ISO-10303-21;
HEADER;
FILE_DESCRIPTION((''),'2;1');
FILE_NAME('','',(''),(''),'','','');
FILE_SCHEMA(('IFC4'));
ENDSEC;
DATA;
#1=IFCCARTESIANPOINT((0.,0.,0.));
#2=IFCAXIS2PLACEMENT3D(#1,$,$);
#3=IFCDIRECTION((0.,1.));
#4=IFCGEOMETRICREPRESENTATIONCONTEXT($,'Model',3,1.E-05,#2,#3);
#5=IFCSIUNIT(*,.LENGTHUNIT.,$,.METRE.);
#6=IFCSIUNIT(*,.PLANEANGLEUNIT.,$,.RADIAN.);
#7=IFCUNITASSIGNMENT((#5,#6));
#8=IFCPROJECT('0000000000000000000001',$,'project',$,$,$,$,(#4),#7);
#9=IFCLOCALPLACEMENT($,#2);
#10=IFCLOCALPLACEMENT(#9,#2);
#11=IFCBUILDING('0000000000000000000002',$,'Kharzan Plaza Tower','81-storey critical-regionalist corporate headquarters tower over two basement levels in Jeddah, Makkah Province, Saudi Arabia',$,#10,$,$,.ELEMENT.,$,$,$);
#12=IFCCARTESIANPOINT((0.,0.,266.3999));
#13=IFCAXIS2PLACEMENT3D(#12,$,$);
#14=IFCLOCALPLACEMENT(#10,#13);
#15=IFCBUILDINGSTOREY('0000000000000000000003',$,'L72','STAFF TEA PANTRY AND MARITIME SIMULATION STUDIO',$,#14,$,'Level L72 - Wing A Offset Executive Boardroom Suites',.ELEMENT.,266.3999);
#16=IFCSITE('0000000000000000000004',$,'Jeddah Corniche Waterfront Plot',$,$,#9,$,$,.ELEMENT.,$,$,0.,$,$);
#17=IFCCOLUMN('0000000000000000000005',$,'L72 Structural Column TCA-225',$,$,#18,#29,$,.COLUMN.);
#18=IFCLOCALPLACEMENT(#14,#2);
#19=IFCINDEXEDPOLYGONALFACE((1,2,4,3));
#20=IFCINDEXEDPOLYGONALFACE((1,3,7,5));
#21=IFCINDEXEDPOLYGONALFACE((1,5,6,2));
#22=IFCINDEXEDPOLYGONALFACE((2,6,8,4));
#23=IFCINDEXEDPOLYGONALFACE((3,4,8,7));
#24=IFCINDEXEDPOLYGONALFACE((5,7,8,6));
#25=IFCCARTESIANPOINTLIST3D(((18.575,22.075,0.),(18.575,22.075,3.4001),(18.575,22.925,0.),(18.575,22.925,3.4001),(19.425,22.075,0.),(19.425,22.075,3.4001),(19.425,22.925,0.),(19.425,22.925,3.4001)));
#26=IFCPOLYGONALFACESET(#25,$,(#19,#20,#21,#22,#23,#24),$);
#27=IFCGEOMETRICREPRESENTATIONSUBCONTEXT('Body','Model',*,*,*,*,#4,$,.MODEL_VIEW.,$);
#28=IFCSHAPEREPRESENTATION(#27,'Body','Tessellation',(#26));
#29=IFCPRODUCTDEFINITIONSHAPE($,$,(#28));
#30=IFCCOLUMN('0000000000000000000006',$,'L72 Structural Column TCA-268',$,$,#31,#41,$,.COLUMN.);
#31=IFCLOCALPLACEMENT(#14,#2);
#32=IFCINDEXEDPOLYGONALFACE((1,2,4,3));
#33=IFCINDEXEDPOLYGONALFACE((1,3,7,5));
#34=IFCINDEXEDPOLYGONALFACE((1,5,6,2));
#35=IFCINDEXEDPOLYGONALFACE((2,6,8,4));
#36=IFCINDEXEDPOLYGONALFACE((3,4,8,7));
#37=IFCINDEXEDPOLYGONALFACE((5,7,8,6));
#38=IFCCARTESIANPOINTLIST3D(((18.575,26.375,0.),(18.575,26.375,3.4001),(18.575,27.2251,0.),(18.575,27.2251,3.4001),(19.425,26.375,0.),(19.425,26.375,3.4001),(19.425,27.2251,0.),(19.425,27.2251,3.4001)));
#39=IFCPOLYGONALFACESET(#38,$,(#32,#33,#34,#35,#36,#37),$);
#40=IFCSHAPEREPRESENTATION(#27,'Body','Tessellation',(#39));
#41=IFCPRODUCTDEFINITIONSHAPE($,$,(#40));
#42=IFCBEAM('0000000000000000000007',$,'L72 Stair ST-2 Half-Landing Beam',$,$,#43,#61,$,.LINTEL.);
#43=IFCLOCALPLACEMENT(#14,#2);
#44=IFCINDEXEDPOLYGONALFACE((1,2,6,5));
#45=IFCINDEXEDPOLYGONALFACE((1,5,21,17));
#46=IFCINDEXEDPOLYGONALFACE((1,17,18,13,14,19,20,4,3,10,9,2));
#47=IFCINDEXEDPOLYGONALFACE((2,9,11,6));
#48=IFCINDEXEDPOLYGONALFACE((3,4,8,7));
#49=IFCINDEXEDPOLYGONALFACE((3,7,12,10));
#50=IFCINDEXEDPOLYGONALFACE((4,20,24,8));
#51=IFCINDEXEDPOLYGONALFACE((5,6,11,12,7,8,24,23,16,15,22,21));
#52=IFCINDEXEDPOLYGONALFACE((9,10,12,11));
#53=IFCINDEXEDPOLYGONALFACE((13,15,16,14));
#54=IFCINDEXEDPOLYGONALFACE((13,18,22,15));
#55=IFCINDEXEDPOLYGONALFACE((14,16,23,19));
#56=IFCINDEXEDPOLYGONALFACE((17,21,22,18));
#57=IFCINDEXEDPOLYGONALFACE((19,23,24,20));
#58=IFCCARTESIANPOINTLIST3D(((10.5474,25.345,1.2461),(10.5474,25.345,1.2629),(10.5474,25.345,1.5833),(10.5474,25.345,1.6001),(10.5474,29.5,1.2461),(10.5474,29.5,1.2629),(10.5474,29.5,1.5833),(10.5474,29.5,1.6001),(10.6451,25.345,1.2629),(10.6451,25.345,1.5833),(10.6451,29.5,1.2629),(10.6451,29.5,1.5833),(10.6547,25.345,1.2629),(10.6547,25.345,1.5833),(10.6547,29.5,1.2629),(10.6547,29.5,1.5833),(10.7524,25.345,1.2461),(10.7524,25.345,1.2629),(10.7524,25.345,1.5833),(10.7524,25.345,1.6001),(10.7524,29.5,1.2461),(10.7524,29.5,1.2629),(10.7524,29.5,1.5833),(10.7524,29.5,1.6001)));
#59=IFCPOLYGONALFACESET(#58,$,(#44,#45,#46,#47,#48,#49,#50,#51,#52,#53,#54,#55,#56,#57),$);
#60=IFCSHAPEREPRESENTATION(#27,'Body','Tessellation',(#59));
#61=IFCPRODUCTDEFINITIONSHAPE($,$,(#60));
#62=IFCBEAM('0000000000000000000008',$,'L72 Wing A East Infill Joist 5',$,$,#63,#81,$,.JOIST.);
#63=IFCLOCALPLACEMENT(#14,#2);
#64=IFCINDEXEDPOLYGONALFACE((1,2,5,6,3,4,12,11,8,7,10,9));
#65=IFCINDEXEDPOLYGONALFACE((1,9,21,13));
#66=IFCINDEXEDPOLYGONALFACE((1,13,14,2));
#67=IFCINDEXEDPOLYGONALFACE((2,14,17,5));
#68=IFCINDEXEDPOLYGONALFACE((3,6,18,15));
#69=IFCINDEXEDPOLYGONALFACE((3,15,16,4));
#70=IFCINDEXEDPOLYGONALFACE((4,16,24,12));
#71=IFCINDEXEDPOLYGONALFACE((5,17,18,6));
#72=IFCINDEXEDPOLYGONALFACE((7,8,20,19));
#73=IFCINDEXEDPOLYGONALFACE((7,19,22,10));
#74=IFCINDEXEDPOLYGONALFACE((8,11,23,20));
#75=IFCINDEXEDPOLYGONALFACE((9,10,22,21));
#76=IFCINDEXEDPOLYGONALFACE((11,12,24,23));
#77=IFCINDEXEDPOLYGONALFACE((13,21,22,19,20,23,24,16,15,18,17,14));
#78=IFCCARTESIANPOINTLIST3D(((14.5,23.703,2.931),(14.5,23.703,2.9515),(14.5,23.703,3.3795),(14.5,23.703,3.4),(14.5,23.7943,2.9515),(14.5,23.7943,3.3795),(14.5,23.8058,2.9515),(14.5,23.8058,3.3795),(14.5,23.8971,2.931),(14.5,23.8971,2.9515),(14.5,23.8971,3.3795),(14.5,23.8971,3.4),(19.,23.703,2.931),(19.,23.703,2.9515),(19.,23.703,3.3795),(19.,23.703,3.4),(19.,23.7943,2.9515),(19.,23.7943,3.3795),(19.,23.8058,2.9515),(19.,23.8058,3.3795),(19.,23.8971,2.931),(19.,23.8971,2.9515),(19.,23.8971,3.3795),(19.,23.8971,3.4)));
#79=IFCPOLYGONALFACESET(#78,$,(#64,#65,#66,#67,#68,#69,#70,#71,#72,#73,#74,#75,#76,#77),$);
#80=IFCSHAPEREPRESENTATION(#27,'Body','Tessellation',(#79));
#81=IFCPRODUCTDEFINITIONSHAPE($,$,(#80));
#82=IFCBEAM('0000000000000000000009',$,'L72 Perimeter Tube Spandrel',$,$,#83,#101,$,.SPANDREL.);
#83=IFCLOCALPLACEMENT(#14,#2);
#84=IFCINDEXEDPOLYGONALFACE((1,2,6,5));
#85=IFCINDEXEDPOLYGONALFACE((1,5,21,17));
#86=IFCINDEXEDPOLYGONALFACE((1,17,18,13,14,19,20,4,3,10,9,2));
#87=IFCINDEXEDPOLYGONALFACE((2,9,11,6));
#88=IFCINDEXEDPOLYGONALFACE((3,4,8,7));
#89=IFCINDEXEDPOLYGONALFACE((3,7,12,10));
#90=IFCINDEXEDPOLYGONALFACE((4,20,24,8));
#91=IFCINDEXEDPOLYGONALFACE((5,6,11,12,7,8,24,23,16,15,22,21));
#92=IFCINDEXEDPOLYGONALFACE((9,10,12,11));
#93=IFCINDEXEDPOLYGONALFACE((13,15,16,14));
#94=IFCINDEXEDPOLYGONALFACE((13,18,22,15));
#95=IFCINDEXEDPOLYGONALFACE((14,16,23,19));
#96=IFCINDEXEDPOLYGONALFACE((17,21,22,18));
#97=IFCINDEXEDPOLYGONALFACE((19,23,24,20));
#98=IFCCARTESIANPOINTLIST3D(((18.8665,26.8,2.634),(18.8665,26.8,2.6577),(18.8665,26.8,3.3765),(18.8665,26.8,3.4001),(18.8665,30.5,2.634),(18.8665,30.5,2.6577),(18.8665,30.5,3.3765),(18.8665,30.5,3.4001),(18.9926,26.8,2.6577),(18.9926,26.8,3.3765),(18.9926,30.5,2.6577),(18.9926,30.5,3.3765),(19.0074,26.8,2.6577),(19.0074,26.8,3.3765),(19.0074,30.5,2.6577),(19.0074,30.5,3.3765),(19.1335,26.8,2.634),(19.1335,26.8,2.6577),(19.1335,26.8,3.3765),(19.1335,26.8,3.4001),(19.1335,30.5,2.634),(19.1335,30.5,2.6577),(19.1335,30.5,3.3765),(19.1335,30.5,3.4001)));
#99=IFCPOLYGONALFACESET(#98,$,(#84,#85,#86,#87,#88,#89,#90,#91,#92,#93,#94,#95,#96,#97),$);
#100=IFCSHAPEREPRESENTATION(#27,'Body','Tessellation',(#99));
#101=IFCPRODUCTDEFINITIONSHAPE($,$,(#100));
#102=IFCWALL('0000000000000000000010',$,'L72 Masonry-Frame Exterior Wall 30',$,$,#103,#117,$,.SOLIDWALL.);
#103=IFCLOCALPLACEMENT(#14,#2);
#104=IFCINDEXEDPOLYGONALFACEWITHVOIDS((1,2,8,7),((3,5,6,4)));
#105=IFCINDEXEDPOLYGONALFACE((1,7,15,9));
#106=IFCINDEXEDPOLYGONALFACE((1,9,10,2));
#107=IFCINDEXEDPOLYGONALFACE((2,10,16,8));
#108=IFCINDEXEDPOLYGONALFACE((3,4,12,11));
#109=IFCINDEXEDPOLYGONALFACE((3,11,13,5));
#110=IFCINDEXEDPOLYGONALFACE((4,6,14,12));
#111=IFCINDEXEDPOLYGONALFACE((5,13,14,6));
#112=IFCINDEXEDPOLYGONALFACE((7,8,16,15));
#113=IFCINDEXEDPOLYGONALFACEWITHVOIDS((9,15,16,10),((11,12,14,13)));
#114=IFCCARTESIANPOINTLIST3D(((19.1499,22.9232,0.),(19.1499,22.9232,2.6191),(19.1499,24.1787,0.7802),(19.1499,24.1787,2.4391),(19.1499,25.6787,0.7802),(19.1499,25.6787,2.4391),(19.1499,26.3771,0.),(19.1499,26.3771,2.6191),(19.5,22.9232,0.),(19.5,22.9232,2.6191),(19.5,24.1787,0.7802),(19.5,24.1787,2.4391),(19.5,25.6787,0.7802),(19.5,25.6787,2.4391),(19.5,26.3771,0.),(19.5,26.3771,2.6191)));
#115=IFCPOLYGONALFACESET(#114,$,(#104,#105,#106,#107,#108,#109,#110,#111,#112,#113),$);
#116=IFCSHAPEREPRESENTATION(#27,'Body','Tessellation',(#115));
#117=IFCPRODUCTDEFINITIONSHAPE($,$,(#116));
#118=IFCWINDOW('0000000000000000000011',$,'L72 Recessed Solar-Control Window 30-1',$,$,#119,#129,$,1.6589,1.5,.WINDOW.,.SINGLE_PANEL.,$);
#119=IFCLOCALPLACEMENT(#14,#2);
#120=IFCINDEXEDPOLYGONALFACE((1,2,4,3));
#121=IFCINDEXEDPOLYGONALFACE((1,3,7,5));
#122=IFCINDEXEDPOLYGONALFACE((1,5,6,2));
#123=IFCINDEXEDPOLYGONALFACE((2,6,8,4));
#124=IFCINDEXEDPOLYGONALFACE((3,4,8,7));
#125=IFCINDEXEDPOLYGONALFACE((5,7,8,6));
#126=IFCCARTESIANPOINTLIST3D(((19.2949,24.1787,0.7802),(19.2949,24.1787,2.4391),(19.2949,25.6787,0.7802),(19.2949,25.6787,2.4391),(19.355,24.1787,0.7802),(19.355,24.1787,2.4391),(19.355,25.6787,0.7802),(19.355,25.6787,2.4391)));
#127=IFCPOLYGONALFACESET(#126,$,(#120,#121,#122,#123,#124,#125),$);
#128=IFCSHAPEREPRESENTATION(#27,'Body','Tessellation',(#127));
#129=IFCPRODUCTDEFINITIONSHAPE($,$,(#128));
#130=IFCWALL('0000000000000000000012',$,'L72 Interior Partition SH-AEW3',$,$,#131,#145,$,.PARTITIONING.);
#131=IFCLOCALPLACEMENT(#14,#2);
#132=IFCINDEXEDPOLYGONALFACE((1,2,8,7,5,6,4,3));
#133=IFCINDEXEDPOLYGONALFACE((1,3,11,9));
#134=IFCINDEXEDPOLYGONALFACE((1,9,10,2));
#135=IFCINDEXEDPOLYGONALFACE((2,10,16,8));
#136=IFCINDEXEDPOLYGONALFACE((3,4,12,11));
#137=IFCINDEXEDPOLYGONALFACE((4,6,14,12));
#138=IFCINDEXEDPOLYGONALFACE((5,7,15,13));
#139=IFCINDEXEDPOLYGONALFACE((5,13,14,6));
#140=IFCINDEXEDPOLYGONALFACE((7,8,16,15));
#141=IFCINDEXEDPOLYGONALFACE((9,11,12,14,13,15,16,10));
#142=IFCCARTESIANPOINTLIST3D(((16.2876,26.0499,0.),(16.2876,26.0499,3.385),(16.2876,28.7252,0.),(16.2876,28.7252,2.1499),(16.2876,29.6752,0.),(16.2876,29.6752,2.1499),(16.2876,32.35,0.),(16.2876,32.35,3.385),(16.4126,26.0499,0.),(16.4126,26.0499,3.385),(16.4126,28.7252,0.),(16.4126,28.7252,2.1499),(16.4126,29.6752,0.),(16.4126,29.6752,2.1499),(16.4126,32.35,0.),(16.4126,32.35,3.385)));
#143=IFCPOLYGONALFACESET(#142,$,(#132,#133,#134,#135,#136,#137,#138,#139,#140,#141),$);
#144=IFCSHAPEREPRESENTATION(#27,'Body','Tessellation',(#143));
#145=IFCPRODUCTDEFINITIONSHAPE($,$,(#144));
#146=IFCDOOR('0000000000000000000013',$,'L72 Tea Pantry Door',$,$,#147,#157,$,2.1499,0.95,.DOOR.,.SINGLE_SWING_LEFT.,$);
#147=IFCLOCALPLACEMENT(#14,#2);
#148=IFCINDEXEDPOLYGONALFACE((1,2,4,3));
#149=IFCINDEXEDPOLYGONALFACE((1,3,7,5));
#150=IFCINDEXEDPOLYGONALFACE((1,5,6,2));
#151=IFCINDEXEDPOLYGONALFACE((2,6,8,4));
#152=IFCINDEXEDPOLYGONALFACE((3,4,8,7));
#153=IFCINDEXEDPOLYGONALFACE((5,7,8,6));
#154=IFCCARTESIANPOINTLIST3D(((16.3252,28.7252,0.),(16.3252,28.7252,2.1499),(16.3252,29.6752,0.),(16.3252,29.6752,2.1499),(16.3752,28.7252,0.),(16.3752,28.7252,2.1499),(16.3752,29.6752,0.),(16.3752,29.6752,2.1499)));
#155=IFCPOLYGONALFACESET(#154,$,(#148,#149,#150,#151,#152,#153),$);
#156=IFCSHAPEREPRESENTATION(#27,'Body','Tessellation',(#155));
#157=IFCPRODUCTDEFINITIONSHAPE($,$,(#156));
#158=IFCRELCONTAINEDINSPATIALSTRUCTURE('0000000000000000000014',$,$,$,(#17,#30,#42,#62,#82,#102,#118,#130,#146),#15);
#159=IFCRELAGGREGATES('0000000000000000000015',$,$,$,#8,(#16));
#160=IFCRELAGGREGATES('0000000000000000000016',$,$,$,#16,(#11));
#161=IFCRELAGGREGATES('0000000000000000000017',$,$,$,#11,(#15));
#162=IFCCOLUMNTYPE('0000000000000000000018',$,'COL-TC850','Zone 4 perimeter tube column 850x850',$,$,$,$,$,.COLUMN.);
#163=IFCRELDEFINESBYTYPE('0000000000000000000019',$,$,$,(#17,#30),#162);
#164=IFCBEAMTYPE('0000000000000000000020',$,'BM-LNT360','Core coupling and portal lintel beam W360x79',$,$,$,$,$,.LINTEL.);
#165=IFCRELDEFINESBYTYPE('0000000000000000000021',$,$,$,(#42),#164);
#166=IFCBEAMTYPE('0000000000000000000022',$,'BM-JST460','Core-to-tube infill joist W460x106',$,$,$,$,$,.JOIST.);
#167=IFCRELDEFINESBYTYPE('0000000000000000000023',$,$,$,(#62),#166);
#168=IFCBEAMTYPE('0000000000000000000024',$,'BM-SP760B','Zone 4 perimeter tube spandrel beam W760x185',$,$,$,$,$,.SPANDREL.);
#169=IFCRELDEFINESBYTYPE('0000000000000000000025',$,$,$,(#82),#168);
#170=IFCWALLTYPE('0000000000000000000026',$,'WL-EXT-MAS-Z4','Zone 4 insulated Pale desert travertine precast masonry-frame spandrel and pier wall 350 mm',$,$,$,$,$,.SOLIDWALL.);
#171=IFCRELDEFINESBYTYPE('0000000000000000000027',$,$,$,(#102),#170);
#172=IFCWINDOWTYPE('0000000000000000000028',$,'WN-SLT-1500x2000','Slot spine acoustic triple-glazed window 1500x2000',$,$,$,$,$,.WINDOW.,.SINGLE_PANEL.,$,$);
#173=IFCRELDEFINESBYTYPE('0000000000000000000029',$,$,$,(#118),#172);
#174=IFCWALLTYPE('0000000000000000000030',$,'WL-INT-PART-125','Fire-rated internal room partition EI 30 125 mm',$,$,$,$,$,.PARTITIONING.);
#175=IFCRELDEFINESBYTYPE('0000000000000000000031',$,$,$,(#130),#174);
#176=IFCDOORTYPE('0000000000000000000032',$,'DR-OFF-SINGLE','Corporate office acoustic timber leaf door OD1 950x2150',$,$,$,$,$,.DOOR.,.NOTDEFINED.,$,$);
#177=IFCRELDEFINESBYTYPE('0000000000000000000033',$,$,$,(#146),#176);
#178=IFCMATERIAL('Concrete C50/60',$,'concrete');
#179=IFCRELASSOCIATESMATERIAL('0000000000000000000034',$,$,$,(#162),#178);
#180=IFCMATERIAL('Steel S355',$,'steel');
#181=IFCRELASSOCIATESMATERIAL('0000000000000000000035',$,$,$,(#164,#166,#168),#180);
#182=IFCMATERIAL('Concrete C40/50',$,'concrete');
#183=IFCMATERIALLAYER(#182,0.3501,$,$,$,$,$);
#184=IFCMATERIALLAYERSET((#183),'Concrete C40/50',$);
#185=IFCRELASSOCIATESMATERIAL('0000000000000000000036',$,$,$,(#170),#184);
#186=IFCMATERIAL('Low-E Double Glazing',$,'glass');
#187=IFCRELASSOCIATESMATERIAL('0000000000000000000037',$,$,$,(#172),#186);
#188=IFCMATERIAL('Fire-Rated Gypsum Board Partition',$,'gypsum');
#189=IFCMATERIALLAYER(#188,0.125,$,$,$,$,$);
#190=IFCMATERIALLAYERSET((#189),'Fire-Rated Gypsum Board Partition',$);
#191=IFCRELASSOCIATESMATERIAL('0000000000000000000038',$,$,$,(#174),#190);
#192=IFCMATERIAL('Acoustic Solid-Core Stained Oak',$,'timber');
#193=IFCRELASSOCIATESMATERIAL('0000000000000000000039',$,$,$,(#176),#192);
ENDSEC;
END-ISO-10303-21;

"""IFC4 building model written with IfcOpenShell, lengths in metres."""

from ifc_helpers import new_model, si_unit, direction, frame, frame_2d, origin, origin_2d, place, context, subcontext, project, spatial, rectangle, i_section, extrude, source, transform, mapped, material, layer, layer_set, material_profile, profile_set, type_object, element, fill, save


model = new_model("IFC4")

# Units and contexts
model_context = context("Model", 3, precision=1e-05, world=origin(), true_north=direction((0.0, 1.0)))
body_context = subcontext(model_context, "Body", "Model", "MODEL_VIEW")
ifc_project = project(units=[si_unit("LENGTHUNIT", "METRE"), si_unit("PLANEANGLEUNIT", "RADIAN")], contexts=[model_context])

# Site, building, storey
site_placement = place(None, origin())
site = spatial("IfcSite", under=ifc_project, at=site_placement, Name="Jeddah Corniche Waterfront Plot", CompositionType="ELEMENT", RefElevation=0.0)
building_placement = place(site_placement, origin())
building = spatial("IfcBuilding", under=site, at=building_placement, Name="Kharzan Plaza Tower", Description="81-storey critical-regionalist corporate headquarters tower over two basement levels in Jeddah, Makkah Province, Saudi Arabia", CompositionType="ELEMENT")
storey_placement = place(building_placement, frame((0.0, 0.0, 266.3999)))
storey = spatial("IfcBuildingStorey", under=building, at=storey_placement, Name="L72", Description="STAFF TEA PANTRY AND MARITIME SIMULATION STUDIO", LongName="Level L72 - Wing A Offset Executive Boardroom Suites", CompositionType="ELEMENT", Elevation=266.3999)

# Columns
ifc_material_1 = material(Name="Concrete C50/60", Category="concrete")
ifc_material_profile_1 = material_profile(ifc_material_1, rectangle(XDim=0.8501, YDim=0.8501, at=origin_2d()), Name="RC-TC850x850")
ifc_profile_set_1 = profile_set([ifc_material_profile_1], Name="Concrete C50/60")
column_type = type_object("IfcColumnType", Name="COL-TC850", Description="Zone 4 perimeter tube column 850x850", PredefinedType="COLUMN", material=ifc_profile_set_1)
shared_shape_1 = source(origin(), body_context, "Body", "SweptSolid", [
    extrude(rectangle(XDim=0.8501, YDim=0.8501, at=origin_2d()), origin(), (0.0, 0.0, 1.0), 3.4001),
])
for number, where, z_axis, x_axis, name in (
    (1, (19.0, 22.5, 0.0), (0.0, 0.0, 1.0), (1.0, 0.0, 0.0), "L72 Structural Column TCA-225"),
    (2, (19.0, 26.8, 0.0), (0.0, 0.0, 1.0), (1.0, 0.0, 0.0), "L72 Structural Column TCA-268"),
):
    element("IfcColumn", number, at=place(storey_placement, frame(where, z_axis=z_axis, x_axis=x_axis)), inside=storey, type_object=column_type, Name=name, PredefinedType="COLUMN", context=body_context, shape_type="MappedRepresentation", body=[
        mapped(shared_shape_1, transform((0.0, 0.0, 0.0), x_axis=(1.0, 0.0, 0.0), y_axis=(0.0, 1.0, 0.0), z_axis=(0.0, 0.0, 1.0))),
    ])

# Beams
ifc_material_2 = material(Name="Steel S355", Category="steel")
ifc_material_profile_2 = material_profile(ifc_material_2, i_section(OverallWidth=0.2051, OverallDepth=0.354, WebThickness=0.0095, FlangeThickness=0.0168, at=origin_2d()), Name="W360x79")
ifc_profile_set_2 = profile_set([ifc_material_profile_2], Name="Steel S355")
beam_type_1 = type_object("IfcBeamType", Name="BM-LNT360", Description="Core coupling and portal lintel beam W360x79", PredefinedType="LINTEL", material=ifc_profile_set_2)
shared_shape_2 = source(origin(), body_context, "Body", "SweptSolid", [
    extrude(i_section(OverallWidth=0.2051, OverallDepth=0.354, WebThickness=0.0095, FlangeThickness=0.0168, at=origin_2d()), origin(), (0.0, 0.0, 1.0), 4.155),
])
beam_1_placement = place(storey_placement, frame((10.6499, 25.345, 1.4231), z_axis=(0.0, 1.0, 0.0), x_axis=(-1.0, 0.0, 0.0)))
element("IfcBeam", 3, at=beam_1_placement, inside=storey, type_object=beam_type_1, Name="L72 Stair ST-2 Half-Landing Beam", PredefinedType="LINTEL", context=body_context, shape_type="MappedRepresentation", body=[
    mapped(shared_shape_2, transform((0.0, 0.0, 0.0), x_axis=(1.0, 0.0, 0.0), y_axis=(0.0, 1.0, 0.0), z_axis=(0.0, 0.0, 1.0))),
])
ifc_material_profile_3 = material_profile(ifc_material_2, i_section(OverallWidth=0.1941, OverallDepth=0.469, WebThickness=0.0115, FlangeThickness=0.0205, at=origin_2d()), Name="W460x106")
ifc_profile_set_3 = profile_set([ifc_material_profile_3], Name="Steel S355")
beam_type_2 = type_object("IfcBeamType", Name="BM-JST460", Description="Core-to-tube infill joist W460x106", PredefinedType="JOIST", material=ifc_profile_set_3)
shared_shape_3 = source(origin(), body_context, "Body", "SweptSolid", [
    extrude(i_section(OverallWidth=0.1941, OverallDepth=0.469, WebThickness=0.0115, FlangeThickness=0.0205, at=origin_2d()), origin(), (0.0, 0.0, 1.0), 4.5),
])
beam_2_placement = place(storey_placement, frame((14.5, 23.8, 3.1655), z_axis=(1.0, 0.0, 0.0), x_axis=(0.0, 1.0, 0.0)))
element("IfcBeam", 4, at=beam_2_placement, inside=storey, type_object=beam_type_2, Name="L72 Wing A East Infill Joist 5", PredefinedType="JOIST", context=body_context, shape_type="MappedRepresentation", body=[
    mapped(shared_shape_3, transform((0.0, 0.0, 0.0), x_axis=(1.0, 0.0, 0.0), y_axis=(0.0, 1.0, 0.0), z_axis=(0.0, 0.0, 1.0))),
])
ifc_material_profile_4 = material_profile(ifc_material_2, i_section(OverallWidth=0.2671, OverallDepth=0.7661, WebThickness=0.0149, FlangeThickness=0.0237, at=origin_2d()), Name="W760x185")
ifc_profile_set_4 = profile_set([ifc_material_profile_4], Name="Steel S355")
beam_type_3 = type_object("IfcBeamType", Name="BM-SP760B", Description="Zone 4 perimeter tube spandrel beam W760x185", PredefinedType="SPANDREL", material=ifc_profile_set_4)
shared_shape_4 = source(origin(), body_context, "Body", "SweptSolid", [
    extrude(i_section(OverallWidth=0.2671, OverallDepth=0.7661, WebThickness=0.0149, FlangeThickness=0.0237, at=origin_2d()), origin(), (0.0, 0.0, 1.0), 3.7),
])
beam_3_placement = place(storey_placement, frame((19.0, 26.8, 3.0171), z_axis=(0.0, 1.0, 0.0), x_axis=(-1.0, 0.0, 0.0)))
element("IfcBeam", 5, at=beam_3_placement, inside=storey, type_object=beam_type_3, Name="L72 Perimeter Tube Spandrel", PredefinedType="SPANDREL", context=body_context, shape_type="MappedRepresentation", body=[
    mapped(shared_shape_4, transform((0.0, 0.0, 0.0), x_axis=(1.0, 0.0, 0.0), y_axis=(0.0, 1.0, 0.0), z_axis=(0.0, 0.0, 1.0))),
])

# Wall, opening, window
ifc_material_3 = material(Name="Concrete C40/50", Category="concrete")
ifc_layer_1 = layer(ifc_material_3, 0.3501)
ifc_layer_set_1 = layer_set([ifc_layer_1], Name="Concrete C40/50")
wall_type_1 = type_object("IfcWallType", Name="WL-EXT-MAS-Z4", Description="Zone 4 insulated Pale desert travertine precast masonry-frame spandrel and pier wall 350 mm", PredefinedType="SOLIDWALL", material=ifc_layer_set_1)
wall_1_placement = place(storey_placement, frame((19.325, 22.9231, 0.0), z_axis=(0.0, 0.0, 1.0), x_axis=(0.0, 1.0, 0.0)))
wall_1 = element("IfcWall", 6, at=wall_1_placement, inside=storey, type_object=wall_type_1, Name="L72 Masonry-Frame Exterior Wall 30", PredefinedType="SOLIDWALL", context=body_context, shape_type="SweptSolid", body=[
    extrude(rectangle(XDim=3.4539, YDim=0.3501, at=frame_2d((1.7271, 0.0))), origin(), (0.0, 0.0, 1.0), 2.6191),
])
opening_1_placement = place(wall_1_placement, frame((1.2556, 0.0, 0.78)))
opening_1 = element("IfcOpeningElement", 7, at=opening_1_placement, cuts=wall_1, PredefinedType="OPENING", context=body_context, shape_type="SweptSolid", body=[
    extrude(rectangle(XDim=1.5, YDim=1.6589, at=frame_2d((0.75, 0.8296))), frame((0.0, 0.1851, 0.0), z_axis=(0.0, -1.0, 0.0), x_axis=(1.0, 0.0, 0.0)), (0.0, 0.0, 1.0), 0.3701),
])
ifc_material_4 = material(Name="Low-E Double Glazing", Category="glass")
window_type = type_object("IfcWindowType", Name="WN-SLT-1500x2000", Description="Slot spine acoustic triple-glazed window 1500x2000", PartitioningType="SINGLE_PANEL", PredefinedType="WINDOW", material=ifc_material_4)
shared_shape_5 = source(origin(), body_context, "Body", "SweptSolid", [
    extrude(rectangle(XDim=1.5, YDim=1.6589, at=frame_2d((0.75, 0.8296))), frame((0.0, 0.03, 0.0), z_axis=(0.0, -1.0, 0.0), x_axis=(1.0, 0.0, 0.0)), (0.0, 0.0, 1.0), 0.0601),
])
window_placement = place(opening_1_placement, origin())
window = element("IfcWindow", 8, at=window_placement, inside=storey, type_object=window_type, Name="L72 Recessed Solar-Control Window 30-1", OverallHeight=1.6589, OverallWidth=1.5, PartitioningType="SINGLE_PANEL", PredefinedType="WINDOW", context=body_context, shape_type="MappedRepresentation", body=[
    mapped(shared_shape_5, transform((0.0, 0.0, 0.0), x_axis=(1.0, 0.0, 0.0), y_axis=(0.0, 1.0, 0.0), z_axis=(0.0, 0.0, 1.0))),
])
fill(opening_1, window)

# Wall, opening, door
ifc_material_5 = material(Name="Fire-Rated Gypsum Board Partition", Category="gypsum")
ifc_layer_2 = layer(ifc_material_5, 0.125)
ifc_layer_set_2 = layer_set([ifc_layer_2], Name="Fire-Rated Gypsum Board Partition")
wall_type_2 = type_object("IfcWallType", Name="WL-INT-PART-125", Description="Fire-rated internal room partition EI 30 125 mm", PredefinedType="PARTITIONING", material=ifc_layer_set_2)
wall_2_placement = place(storey_placement, frame((16.3501, 26.05, 0.0), z_axis=(0.0, 0.0, 1.0), x_axis=(0.0, 1.0, 0.0)))
wall_2 = element("IfcWall", 9, at=wall_2_placement, inside=storey, type_object=wall_type_2, Name="L72 Interior Partition SH-AEW3", PredefinedType="PARTITIONING", context=body_context, shape_type="SweptSolid", body=[
    extrude(rectangle(XDim=6.3, YDim=0.125, at=frame_2d((3.1499, 0.0))), origin(), (0.0, 0.0, 1.0), 3.385),
])
opening_2_placement = place(wall_2_placement, frame((2.675, 0.0, 0.0)))
opening_2 = element("IfcOpeningElement", 10, at=opening_2_placement, cuts=wall_2, PredefinedType="OPENING", context=body_context, shape_type="SweptSolid", body=[
    extrude(rectangle(XDim=0.95, YDim=2.1499, at=frame_2d((0.4751, 1.075))), frame((0.0, 0.0725, 0.0), z_axis=(0.0, -1.0, 0.0), x_axis=(1.0, 0.0, 0.0)), (0.0, 0.0, 1.0), 0.145),
])
ifc_material_6 = material(Name="Acoustic Solid-Core Stained Oak", Category="timber")
door_type_1 = type_object("IfcDoorType", Name="DR-OFF-SINGLE", Description="Corporate office acoustic timber leaf door OD1 950x2150", OperationType="NOTDEFINED", PredefinedType="DOOR", material=ifc_material_6)
shared_shape_6 = source(origin(), body_context, "Body", "SweptSolid", [
    extrude(rectangle(XDim=0.95, YDim=2.1499, at=frame_2d((0.4751, 1.075))), frame((0.0, 0.0249, 0.0), z_axis=(0.0, -1.0, 0.0), x_axis=(1.0, 0.0, 0.0)), (0.0, 0.0, 1.0), 0.05),
])
door_1_placement = place(opening_2_placement, origin())
door_1 = element("IfcDoor", 11, at=door_1_placement, inside=storey, type_object=door_type_1, Name="L72 Tea Pantry Door", OperationType="SINGLE_SWING_LEFT", OverallHeight=2.1499, OverallWidth=0.95, PredefinedType="DOOR", context=body_context, shape_type="MappedRepresentation", body=[
    mapped(shared_shape_6, transform((0.0, 0.0, 0.0), x_axis=(1.0, 0.0, 0.0), y_axis=(0.0, 1.0, 0.0), z_axis=(0.0, 0.0, 1.0))),
])
fill(opening_2, door_1)

save(model, "model.ifc")
